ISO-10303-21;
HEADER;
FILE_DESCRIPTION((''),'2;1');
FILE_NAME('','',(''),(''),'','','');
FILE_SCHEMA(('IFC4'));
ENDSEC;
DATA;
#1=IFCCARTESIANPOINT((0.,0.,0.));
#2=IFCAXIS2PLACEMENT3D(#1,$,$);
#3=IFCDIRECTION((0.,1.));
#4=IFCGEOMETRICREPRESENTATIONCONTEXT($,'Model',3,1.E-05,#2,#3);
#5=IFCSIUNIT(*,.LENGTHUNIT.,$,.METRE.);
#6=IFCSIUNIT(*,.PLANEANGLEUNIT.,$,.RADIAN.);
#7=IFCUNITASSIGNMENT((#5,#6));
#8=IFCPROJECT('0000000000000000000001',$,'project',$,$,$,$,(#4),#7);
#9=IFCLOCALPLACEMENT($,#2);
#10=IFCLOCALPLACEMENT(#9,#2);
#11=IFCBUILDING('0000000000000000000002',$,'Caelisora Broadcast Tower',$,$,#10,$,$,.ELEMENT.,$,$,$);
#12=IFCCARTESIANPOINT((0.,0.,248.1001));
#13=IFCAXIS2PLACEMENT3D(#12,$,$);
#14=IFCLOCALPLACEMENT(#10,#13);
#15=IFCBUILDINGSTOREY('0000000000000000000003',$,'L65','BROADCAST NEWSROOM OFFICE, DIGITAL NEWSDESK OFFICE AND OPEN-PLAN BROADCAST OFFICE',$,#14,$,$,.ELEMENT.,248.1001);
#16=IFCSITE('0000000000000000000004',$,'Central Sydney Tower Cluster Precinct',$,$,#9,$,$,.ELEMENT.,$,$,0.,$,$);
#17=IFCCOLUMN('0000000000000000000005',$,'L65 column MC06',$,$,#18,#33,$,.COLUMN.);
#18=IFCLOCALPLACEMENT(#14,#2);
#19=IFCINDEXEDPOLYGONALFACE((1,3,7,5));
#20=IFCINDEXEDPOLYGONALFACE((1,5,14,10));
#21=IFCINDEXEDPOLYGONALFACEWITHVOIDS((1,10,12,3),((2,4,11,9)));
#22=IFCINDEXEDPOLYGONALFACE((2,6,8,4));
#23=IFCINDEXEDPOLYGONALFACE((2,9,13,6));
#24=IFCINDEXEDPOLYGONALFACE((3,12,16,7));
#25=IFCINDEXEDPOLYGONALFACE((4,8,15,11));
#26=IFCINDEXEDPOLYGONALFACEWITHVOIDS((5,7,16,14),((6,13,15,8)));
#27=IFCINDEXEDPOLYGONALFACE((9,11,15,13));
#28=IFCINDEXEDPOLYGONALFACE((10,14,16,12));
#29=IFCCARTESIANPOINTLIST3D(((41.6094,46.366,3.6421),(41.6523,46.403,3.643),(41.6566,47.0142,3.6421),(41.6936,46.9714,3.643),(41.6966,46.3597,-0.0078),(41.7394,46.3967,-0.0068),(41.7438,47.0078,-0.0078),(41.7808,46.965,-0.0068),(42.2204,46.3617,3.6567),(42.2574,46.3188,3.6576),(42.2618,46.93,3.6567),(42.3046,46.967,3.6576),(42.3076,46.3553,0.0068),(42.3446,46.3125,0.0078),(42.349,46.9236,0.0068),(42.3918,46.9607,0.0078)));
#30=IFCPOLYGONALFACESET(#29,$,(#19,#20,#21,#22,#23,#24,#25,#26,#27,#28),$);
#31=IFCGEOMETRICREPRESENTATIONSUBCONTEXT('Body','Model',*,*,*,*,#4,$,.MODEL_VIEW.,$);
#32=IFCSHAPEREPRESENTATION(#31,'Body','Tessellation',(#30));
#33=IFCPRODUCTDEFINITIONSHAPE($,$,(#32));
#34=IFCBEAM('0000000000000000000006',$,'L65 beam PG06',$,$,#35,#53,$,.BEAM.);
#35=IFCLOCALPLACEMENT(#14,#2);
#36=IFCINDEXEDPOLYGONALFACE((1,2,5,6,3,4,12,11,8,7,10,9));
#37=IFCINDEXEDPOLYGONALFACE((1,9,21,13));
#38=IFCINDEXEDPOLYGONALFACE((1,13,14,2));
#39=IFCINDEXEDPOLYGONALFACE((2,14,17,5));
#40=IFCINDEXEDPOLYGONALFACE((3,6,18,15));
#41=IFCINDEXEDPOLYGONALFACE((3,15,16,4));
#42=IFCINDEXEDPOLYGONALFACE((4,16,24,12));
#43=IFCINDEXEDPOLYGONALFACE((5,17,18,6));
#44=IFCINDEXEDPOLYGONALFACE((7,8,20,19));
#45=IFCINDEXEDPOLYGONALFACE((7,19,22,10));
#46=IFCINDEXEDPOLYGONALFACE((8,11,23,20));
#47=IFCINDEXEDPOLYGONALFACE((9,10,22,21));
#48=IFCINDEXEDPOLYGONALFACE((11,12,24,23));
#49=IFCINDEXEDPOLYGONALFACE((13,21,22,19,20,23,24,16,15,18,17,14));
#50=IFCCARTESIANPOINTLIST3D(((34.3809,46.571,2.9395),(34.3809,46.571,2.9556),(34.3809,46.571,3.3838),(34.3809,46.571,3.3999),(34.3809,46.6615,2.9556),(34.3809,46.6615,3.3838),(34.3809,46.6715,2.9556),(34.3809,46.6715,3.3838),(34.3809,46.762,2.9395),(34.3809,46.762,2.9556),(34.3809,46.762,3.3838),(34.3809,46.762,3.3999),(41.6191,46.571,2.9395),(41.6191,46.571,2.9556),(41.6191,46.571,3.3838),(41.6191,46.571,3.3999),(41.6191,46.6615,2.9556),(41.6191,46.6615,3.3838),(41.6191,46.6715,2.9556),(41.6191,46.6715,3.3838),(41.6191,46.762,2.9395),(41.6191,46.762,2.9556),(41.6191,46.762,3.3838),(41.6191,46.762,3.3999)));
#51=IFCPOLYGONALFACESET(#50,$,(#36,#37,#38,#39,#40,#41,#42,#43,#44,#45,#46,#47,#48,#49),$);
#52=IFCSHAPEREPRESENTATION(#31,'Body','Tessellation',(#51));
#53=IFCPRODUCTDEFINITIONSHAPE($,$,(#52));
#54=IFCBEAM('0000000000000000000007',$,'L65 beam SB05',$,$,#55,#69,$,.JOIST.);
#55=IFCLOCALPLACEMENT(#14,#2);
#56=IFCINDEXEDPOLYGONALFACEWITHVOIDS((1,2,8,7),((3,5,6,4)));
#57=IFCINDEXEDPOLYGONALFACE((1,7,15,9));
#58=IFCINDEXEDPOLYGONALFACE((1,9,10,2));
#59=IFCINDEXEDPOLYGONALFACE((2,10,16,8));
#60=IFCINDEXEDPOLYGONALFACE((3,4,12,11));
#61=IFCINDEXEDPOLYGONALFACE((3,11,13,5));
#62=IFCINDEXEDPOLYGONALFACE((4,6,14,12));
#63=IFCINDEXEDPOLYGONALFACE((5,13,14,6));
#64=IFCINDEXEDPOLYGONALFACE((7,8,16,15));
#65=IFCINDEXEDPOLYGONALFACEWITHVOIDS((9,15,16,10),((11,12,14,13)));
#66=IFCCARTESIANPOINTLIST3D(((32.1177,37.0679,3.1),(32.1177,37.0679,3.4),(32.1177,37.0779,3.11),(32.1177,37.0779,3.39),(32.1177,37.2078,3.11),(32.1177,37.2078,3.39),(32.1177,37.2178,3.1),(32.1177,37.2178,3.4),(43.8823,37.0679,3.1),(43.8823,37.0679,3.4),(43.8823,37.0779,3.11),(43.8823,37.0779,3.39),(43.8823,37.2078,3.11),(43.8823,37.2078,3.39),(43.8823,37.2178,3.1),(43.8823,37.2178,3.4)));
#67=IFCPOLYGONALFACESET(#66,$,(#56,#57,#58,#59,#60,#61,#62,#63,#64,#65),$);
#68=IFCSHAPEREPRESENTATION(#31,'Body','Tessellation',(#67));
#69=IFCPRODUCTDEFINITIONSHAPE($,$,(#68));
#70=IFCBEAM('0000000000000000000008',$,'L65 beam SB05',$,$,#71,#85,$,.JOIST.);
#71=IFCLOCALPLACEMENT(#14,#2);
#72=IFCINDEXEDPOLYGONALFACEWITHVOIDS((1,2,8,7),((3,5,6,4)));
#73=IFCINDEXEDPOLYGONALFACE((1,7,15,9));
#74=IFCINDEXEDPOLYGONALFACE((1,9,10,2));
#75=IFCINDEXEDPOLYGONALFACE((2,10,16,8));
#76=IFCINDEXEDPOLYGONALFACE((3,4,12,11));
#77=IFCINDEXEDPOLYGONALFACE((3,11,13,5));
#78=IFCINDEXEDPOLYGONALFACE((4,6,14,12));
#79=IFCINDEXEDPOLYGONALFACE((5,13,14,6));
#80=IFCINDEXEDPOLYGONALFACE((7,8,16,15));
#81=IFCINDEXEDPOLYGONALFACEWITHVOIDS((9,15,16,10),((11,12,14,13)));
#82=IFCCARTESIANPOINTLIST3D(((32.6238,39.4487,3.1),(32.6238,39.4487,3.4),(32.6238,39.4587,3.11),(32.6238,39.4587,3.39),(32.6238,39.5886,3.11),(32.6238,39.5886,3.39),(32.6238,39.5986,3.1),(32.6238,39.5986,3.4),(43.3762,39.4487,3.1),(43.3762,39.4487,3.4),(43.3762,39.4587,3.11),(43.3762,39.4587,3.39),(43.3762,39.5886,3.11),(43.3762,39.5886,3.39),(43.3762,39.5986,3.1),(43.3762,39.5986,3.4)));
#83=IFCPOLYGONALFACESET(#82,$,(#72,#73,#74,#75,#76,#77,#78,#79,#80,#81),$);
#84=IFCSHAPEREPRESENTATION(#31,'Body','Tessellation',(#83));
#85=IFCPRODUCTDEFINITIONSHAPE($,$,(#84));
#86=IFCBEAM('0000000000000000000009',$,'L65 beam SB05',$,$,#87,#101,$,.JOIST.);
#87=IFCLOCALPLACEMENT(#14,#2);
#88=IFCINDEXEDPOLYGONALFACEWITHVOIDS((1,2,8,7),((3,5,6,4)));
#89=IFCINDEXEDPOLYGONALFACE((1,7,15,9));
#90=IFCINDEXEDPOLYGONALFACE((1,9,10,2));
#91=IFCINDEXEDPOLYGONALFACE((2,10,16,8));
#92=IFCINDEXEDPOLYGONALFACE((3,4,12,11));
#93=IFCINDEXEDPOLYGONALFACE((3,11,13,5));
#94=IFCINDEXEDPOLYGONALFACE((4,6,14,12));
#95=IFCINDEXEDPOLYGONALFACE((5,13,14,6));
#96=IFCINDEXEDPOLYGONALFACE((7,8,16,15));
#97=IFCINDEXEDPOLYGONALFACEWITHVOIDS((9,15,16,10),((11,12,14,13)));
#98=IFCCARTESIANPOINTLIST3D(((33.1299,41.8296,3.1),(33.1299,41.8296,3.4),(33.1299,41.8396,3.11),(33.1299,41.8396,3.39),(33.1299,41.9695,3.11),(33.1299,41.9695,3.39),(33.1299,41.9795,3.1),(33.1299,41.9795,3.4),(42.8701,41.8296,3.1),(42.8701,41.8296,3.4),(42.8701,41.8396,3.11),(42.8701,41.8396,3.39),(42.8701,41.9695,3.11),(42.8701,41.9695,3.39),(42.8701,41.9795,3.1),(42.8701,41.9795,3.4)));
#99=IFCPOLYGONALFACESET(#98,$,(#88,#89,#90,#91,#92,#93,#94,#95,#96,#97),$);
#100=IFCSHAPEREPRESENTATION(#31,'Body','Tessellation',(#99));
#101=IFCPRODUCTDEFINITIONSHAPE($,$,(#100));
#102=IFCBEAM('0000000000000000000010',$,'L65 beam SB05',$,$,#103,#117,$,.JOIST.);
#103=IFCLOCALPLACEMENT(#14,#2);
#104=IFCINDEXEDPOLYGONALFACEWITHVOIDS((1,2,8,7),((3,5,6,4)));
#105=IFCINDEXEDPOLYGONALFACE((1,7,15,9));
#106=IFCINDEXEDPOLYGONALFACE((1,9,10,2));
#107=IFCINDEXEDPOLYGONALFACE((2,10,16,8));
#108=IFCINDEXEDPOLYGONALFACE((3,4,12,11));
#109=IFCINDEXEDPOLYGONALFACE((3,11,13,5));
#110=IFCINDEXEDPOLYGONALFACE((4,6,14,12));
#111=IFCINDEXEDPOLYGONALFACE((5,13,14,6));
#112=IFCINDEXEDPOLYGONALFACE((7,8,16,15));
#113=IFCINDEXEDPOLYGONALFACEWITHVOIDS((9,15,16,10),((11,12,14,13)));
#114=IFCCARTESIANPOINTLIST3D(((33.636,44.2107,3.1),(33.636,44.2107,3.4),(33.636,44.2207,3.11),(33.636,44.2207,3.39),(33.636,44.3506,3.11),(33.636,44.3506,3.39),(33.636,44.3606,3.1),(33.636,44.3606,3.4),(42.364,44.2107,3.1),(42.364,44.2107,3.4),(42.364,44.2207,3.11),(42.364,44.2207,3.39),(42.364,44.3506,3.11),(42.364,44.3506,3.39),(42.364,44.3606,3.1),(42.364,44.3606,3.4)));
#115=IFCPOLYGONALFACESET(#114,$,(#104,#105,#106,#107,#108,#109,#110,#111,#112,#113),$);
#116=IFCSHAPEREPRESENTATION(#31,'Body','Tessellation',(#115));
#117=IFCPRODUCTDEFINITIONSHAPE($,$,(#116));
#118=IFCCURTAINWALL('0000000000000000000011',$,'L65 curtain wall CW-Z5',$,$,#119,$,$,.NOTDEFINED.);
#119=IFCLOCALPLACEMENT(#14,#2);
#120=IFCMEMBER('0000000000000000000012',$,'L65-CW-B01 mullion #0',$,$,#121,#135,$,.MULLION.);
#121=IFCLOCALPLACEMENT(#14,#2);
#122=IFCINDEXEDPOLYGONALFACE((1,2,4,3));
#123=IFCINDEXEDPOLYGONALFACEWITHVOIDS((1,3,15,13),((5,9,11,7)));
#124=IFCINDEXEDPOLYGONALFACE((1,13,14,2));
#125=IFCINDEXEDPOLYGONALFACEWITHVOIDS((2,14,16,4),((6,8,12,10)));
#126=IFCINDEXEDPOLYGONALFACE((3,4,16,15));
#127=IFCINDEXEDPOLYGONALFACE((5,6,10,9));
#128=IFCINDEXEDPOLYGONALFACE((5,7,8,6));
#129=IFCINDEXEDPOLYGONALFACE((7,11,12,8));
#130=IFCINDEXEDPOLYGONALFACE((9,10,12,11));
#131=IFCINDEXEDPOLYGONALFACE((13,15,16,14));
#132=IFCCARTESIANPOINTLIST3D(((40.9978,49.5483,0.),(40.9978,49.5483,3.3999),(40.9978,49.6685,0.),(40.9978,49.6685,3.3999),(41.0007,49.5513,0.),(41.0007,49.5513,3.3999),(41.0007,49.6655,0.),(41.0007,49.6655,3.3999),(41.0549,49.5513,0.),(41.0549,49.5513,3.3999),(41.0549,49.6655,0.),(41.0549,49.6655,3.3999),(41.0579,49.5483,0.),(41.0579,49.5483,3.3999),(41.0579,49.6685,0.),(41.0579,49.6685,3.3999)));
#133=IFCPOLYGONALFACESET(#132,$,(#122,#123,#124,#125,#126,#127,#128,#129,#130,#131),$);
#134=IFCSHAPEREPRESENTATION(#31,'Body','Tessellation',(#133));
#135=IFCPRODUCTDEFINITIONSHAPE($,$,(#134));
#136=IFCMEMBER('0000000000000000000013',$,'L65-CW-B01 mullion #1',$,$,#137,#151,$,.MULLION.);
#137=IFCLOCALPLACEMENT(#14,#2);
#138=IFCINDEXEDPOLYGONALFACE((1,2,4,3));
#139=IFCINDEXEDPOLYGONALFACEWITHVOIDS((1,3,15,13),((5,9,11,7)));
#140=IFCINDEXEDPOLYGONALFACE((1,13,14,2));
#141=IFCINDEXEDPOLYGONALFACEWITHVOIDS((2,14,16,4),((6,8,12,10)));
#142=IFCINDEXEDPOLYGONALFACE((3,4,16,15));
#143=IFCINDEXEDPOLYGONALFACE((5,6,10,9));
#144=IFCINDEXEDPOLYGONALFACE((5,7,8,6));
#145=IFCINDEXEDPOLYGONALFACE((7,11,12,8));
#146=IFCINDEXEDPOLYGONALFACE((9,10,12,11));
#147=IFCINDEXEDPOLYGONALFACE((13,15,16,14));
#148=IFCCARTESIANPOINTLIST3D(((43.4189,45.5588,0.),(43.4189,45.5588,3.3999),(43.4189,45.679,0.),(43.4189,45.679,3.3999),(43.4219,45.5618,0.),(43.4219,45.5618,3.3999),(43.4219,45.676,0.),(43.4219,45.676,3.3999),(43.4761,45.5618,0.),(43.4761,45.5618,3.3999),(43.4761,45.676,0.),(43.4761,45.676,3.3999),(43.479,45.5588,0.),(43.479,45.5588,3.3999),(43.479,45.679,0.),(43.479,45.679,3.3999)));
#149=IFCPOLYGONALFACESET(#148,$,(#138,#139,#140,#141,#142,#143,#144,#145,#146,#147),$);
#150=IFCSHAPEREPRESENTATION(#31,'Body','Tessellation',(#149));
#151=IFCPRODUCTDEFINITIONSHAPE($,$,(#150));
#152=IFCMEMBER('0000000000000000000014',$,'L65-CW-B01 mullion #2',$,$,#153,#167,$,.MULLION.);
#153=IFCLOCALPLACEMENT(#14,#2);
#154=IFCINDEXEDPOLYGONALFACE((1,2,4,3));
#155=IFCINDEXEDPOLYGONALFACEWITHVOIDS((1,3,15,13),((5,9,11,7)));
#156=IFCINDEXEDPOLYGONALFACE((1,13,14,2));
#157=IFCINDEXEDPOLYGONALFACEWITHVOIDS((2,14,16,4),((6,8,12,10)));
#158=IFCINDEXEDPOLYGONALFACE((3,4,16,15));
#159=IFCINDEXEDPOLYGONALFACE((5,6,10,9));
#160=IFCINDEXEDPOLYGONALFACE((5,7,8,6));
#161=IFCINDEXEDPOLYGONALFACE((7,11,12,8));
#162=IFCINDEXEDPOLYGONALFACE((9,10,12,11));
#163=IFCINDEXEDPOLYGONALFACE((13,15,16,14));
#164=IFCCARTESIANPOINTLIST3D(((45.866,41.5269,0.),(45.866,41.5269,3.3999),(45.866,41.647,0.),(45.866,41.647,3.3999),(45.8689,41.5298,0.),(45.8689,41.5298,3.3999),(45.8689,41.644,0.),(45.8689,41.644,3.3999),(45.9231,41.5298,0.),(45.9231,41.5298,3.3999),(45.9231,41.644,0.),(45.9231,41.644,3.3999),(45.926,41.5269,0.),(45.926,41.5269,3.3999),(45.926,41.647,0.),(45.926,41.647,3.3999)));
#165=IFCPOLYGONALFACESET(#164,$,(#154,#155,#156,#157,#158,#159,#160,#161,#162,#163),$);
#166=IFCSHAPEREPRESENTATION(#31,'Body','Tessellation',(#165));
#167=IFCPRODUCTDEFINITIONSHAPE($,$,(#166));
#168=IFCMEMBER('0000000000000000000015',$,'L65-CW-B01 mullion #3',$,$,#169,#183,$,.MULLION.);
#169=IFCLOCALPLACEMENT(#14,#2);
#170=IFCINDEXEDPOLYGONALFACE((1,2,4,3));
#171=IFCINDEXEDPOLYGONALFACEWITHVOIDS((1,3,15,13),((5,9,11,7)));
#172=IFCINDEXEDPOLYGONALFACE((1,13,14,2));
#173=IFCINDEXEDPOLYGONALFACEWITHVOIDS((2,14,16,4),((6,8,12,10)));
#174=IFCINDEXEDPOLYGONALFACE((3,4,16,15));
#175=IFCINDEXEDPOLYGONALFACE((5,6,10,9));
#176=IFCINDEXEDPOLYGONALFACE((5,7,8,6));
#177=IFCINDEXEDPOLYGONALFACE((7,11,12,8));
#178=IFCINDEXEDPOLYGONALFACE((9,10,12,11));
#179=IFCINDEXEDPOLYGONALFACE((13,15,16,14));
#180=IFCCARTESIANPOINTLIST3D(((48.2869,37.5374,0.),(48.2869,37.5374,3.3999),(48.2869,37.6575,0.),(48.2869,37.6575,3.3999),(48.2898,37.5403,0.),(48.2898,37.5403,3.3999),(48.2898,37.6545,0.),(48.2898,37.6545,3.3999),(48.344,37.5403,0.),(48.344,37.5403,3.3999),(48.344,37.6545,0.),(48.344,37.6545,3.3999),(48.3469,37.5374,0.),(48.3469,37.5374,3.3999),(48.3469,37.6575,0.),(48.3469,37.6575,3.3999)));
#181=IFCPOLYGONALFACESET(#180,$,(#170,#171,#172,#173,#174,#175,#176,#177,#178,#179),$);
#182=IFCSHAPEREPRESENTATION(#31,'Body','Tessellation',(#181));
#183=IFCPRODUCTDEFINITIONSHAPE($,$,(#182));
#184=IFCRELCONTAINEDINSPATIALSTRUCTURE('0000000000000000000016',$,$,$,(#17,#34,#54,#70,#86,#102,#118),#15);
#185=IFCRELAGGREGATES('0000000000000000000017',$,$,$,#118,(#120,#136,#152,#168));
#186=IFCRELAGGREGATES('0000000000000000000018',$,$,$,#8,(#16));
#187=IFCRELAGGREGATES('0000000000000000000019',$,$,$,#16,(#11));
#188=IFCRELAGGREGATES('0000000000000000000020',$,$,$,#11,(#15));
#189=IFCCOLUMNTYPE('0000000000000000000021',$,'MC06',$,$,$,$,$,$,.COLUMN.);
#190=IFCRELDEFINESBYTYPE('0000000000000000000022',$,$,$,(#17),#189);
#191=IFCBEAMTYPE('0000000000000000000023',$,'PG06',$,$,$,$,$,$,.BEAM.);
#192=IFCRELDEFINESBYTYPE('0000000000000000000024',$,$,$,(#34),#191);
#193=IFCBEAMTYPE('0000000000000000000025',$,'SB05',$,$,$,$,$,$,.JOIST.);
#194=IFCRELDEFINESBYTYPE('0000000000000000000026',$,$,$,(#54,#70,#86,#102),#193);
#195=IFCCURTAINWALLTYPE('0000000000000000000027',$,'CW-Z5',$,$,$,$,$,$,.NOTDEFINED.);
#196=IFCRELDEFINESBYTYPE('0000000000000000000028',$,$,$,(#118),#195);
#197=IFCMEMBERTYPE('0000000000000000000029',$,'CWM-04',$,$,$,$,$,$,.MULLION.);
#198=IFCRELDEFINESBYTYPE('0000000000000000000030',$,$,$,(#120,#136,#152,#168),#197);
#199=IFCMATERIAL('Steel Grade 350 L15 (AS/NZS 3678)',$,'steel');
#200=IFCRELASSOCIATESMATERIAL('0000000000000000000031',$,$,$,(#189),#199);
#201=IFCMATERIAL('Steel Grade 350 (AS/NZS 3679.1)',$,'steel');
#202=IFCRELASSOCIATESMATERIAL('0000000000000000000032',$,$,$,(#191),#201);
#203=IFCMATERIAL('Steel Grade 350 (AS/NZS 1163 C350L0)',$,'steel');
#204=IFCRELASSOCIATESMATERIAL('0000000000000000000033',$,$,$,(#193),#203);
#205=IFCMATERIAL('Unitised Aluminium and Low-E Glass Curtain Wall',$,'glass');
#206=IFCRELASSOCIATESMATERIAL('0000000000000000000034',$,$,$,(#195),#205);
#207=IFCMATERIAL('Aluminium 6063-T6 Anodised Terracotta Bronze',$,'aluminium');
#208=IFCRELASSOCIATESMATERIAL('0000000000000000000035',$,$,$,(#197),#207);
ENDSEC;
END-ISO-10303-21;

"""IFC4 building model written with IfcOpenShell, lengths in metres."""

from ifc_helpers import new_model, si_unit, direction, frame, origin, origin_2d, place, context, subcontext, project, spatial, hollow_rectangle, i_section, extrude, source, transform, mapped, material, material_profile, profile_set, type_object, type_shapes, element, aggregate, save


model = new_model("IFC4")

# Units and contexts
model_context = context("Model", 3, precision=1e-05, world=origin(), true_north=direction((0.0, 1.0)))
body_context = subcontext(model_context, "Body", "Model", "MODEL_VIEW")
ifc_project = project(units=[si_unit("LENGTHUNIT", "METRE"), si_unit("PLANEANGLEUNIT", "RADIAN")], contexts=[model_context])

# Site, building, storey
site_placement = place(None, origin())
site = spatial("IfcSite", under=ifc_project, at=site_placement, Name="Central Sydney Tower Cluster Precinct", CompositionType="ELEMENT", RefElevation=0.0)
building_placement = place(site_placement, origin())
building = spatial("IfcBuilding", under=site, at=building_placement, Name="Caelisora Broadcast Tower", CompositionType="ELEMENT")
storey_placement = place(building_placement, frame((0.0, 0.0, 248.1001)))
storey = spatial("IfcBuildingStorey", under=building, at=storey_placement, Name="L65", Description="BROADCAST NEWSROOM OFFICE, DIGITAL NEWSDESK OFFICE AND OPEN-PLAN BROADCAST OFFICE", CompositionType="ELEMENT", Elevation=248.1001)

# Column
ifc_material_1 = material(Name="Steel Grade 350 L15 (AS/NZS 3678)", Category="steel")
ifc_material_profile_1 = material_profile(ifc_material_1, hollow_rectangle(XDim=0.6499, YDim=0.6499, WallThickness=0.04, at=origin_2d()), Name="Steel Grade 350 L15 (AS/NZS 3678)")
ifc_profile_set_1 = profile_set([ifc_material_profile_1], Name="Steel Grade 350 L15 (AS/NZS 3678)")
column_type = type_object("IfcColumnType", Name="MC06", PredefinedType="COLUMN", material=ifc_profile_set_1)
shared_shape_1 = source(origin(), body_context, "Body", "SweptSolid", [
    extrude(hollow_rectangle(XDim=0.6499, YDim=0.6499, WallThickness=0.04, at=origin_2d()), origin(), (0.0, 0.0, 1.0), 3.6509),
])
type_shapes(column_type, [shared_shape_1])
column_placement = place(storey_placement, frame((42.0442, 46.6602, 0.0), z_axis=(-0.023873, 0.001739, 0.999713), x_axis=(-0.072637, -0.997358, 0.0)))
element("IfcColumn", 1, at=column_placement, inside=storey, type_object=column_type, Name="L65 column MC06", PredefinedType="COLUMN", context=body_context, shape_type="MappedRepresentation", body=[
    mapped(shared_shape_1, transform((0.0, 0.0, 0.0), scale=1.0)),
])

# Beams
ifc_material_2 = material(Name="Steel Grade 350 (AS/NZS 3679.1)", Category="steel")
ifc_material_profile_2 = material_profile(ifc_material_2, i_section(OverallWidth=0.1909, OverallDepth=0.4604, WebThickness=0.01, FlangeThickness=0.0161, at=origin_2d()), Name="Steel Grade 350 (AS/NZS 3679.1)")
ifc_profile_set_2 = profile_set([ifc_material_profile_2], Name="Steel Grade 350 (AS/NZS 3679.1)")
beam_type_1 = type_object("IfcBeamType", Name="PG06", PredefinedType="BEAM", material=ifc_profile_set_2)
shared_shape_2 = source(origin(), body_context, "Body", "SweptSolid", [
    extrude(i_section(OverallWidth=0.1909, OverallDepth=0.4604, WebThickness=0.01, FlangeThickness=0.0161, at=origin_2d()), origin(), (0.0, 0.0, 1.0), 7.2383),
])
type_shapes(beam_type_1, [shared_shape_2])
beam_1_placement = place(storey_placement, frame((41.6191, 46.6665, 3.1697), z_axis=(-1.0, 0.0, 0.0), x_axis=(0.0, -1.0, 0.0)))
element("IfcBeam", 2, at=beam_1_placement, inside=storey, type_object=beam_type_1, Name="L65 beam PG06", PredefinedType="BEAM", context=body_context, shape_type="MappedRepresentation", body=[
    mapped(shared_shape_2, transform((0.0, 0.0, 0.0), scale=1.0)),
])
ifc_material_3 = material(Name="Steel Grade 350 (AS/NZS 1163 C350L0)", Category="steel")
ifc_material_profile_3 = material_profile(ifc_material_3, hollow_rectangle(XDim=0.1499, YDim=0.3, WallThickness=0.01, at=origin_2d()), Name="Steel Grade 350 (AS/NZS 1163 C350L0)")
ifc_profile_set_3 = profile_set([ifc_material_profile_3], Name="Steel Grade 350 (AS/NZS 1163 C350L0)")
beam_type_2 = type_object("IfcBeamType", Name="SB05", PredefinedType="JOIST", material=ifc_profile_set_3)
shared_shape_3 = source(origin(), body_context, "Body", "SweptSolid", [
    extrude(hollow_rectangle(XDim=0.1499, YDim=0.3, WallThickness=0.01, at=origin_2d()), origin(), (0.0, 0.0, 1.0), 11.7646),
])
beam_2_placement = place(storey_placement, frame((43.8823, 37.1428, 3.25), z_axis=(-1.0, 0.0, 0.0), x_axis=(0.0, -1.0, 0.0)))
element("IfcBeam", 3, at=beam_2_placement, inside=storey, type_object=beam_type_2, Name="L65 beam SB05", PredefinedType="JOIST", context=body_context, shape_type="MappedRepresentation", body=[
    mapped(shared_shape_3, transform((0.0, 0.0, 0.0), scale=1.0)),
])
shared_shape_4 = source(origin(), body_context, "Body", "SweptSolid", [
    extrude(hollow_rectangle(XDim=0.1499, YDim=0.3, WallThickness=0.01, at=origin_2d()), origin(), (0.0, 0.0, 1.0), 10.7524),
])
beam_3_placement = place(storey_placement, frame((43.3762, 39.5237, 3.25), z_axis=(-1.0, 0.0, 0.0), x_axis=(0.0, -1.0, 0.0)))
element("IfcBeam", 4, at=beam_3_placement, inside=storey, type_object=beam_type_2, Name="L65 beam SB05", PredefinedType="JOIST", context=body_context, shape_type="MappedRepresentation", body=[
    mapped(shared_shape_4, transform((0.0, 0.0, 0.0), scale=1.0)),
])
shared_shape_5 = source(origin(), body_context, "Body", "SweptSolid", [
    extrude(hollow_rectangle(XDim=0.1499, YDim=0.3, WallThickness=0.01, at=origin_2d()), origin(), (0.0, 0.0, 1.0), 9.7402),
])
beam_4_placement = place(storey_placement, frame((42.8701, 41.9045, 3.25), z_axis=(-1.0, 0.0, 0.0), x_axis=(0.0, -1.0, 0.0)))
element("IfcBeam", 5, at=beam_4_placement, inside=storey, type_object=beam_type_2, Name="L65 beam SB05", PredefinedType="JOIST", context=body_context, shape_type="MappedRepresentation", body=[
    mapped(shared_shape_5, transform((0.0, 0.0, 0.0), scale=1.0)),
])
shared_shape_6 = source(origin(), body_context, "Body", "SweptSolid", [
    extrude(hollow_rectangle(XDim=0.1499, YDim=0.3, WallThickness=0.01, at=origin_2d()), origin(), (0.0, 0.0, 1.0), 8.728),
])
type_shapes(beam_type_2, [shared_shape_3, shared_shape_4, shared_shape_5, shared_shape_6])
beam_5_placement = place(storey_placement, frame((42.364, 44.2856, 3.25), z_axis=(-1.0, 0.0, 0.0), x_axis=(0.0, -1.0, 0.0)))
element("IfcBeam", 6, at=beam_5_placement, inside=storey, type_object=beam_type_2, Name="L65 beam SB05", PredefinedType="JOIST", context=body_context, shape_type="MappedRepresentation", body=[
    mapped(shared_shape_6, transform((0.0, 0.0, 0.0), scale=1.0)),
])

# Curtain wall, members
ifc_material_4 = material(Name="Unitised Aluminium and Low-E Glass Curtain Wall", Category="glass")
curtain_wall_type_1 = type_object("IfcCurtainWallType", Name="CW-Z5", PredefinedType="NOTDEFINED", material=ifc_material_4)
curtain_wall_1_placement = place(storey_placement, origin())
curtain_wall_1 = element("IfcCurtainWall", 7, at=curtain_wall_1_placement, inside=storey, type_object=curtain_wall_type_1, Name="L65 curtain wall CW-Z5", PredefinedType="NOTDEFINED")
ifc_material_5 = material(Name="Aluminium 6063-T6 Anodised Terracotta Bronze", Category="aluminium")
ifc_material_profile_4 = material_profile(ifc_material_5, hollow_rectangle(XDim=0.0601, YDim=0.1201, WallThickness=0.0029, at=origin_2d()), Name="Aluminium 6063-T6 Anodised Terracotta Bronze")
ifc_profile_set_4 = profile_set([ifc_material_profile_4], Name="Aluminium 6063-T6 Anodised Terracotta Bronze")
member_type_1 = type_object("IfcMemberType", Name="CWM-04", PredefinedType="MULLION", material=ifc_profile_set_4)
shared_shape_7 = source(origin(), body_context, "Body", "SweptSolid", [
    extrude(hollow_rectangle(XDim=0.0601, YDim=0.1201, WallThickness=0.0029, at=origin_2d()), origin(), (0.0, 0.0, 1.0), 3.3999),
])
type_shapes(member_type_1, [shared_shape_7])
member_1_placement = place(storey_placement, frame((41.0278, 49.6084, 0.0), z_axis=(0.0, 0.0, 1.0), x_axis=(1.0, 0.0, 0.0)))
member_1 = element("IfcMember", 8, at=member_1_placement, type_object=member_type_1, Name="L65-CW-B01 mullion #0", PredefinedType="MULLION", context=body_context, shape_type="MappedRepresentation", body=[
    mapped(shared_shape_7, transform((0.0, 0.0, 0.0), scale=1.0)),
])
member_2_placement = place(storey_placement, frame((43.449, 45.6189, 0.0), z_axis=(0.0, 0.0, 1.0), x_axis=(1.0, 0.0, 0.0)))
member_2 = element("IfcMember", 9, at=member_2_placement, type_object=member_type_1, Name="L65-CW-B01 mullion #1", PredefinedType="MULLION", context=body_context, shape_type="MappedRepresentation", body=[
    mapped(shared_shape_7, transform((0.0, 0.0, 0.0), scale=1.0)),
])
member_3_placement = place(storey_placement, frame((45.896, 41.5869, 0.0), z_axis=(0.0, 0.0, 1.0), x_axis=(1.0, 0.0, 0.0)))
member_3 = element("IfcMember", 10, at=member_3_placement, type_object=member_type_1, Name="L65-CW-B01 mullion #2", PredefinedType="MULLION", context=body_context, shape_type="MappedRepresentation", body=[
    mapped(shared_shape_7, transform((0.0, 0.0, 0.0), scale=1.0)),
])
member_4_placement = place(storey_placement, frame((48.3169, 37.5974, 0.0), z_axis=(0.0, 0.0, 1.0), x_axis=(1.0, 0.0, 0.0)))
member_4 = element("IfcMember", 11, at=member_4_placement, type_object=member_type_1, Name="L65-CW-B01 mullion #3", PredefinedType="MULLION", context=body_context, shape_type="MappedRepresentation", body=[
    mapped(shared_shape_7, transform((0.0, 0.0, 0.0), scale=1.0)),
])

aggregate(curtain_wall_1, [member_1, member_2, member_3, member_4])

save(model, "model.ifc")
